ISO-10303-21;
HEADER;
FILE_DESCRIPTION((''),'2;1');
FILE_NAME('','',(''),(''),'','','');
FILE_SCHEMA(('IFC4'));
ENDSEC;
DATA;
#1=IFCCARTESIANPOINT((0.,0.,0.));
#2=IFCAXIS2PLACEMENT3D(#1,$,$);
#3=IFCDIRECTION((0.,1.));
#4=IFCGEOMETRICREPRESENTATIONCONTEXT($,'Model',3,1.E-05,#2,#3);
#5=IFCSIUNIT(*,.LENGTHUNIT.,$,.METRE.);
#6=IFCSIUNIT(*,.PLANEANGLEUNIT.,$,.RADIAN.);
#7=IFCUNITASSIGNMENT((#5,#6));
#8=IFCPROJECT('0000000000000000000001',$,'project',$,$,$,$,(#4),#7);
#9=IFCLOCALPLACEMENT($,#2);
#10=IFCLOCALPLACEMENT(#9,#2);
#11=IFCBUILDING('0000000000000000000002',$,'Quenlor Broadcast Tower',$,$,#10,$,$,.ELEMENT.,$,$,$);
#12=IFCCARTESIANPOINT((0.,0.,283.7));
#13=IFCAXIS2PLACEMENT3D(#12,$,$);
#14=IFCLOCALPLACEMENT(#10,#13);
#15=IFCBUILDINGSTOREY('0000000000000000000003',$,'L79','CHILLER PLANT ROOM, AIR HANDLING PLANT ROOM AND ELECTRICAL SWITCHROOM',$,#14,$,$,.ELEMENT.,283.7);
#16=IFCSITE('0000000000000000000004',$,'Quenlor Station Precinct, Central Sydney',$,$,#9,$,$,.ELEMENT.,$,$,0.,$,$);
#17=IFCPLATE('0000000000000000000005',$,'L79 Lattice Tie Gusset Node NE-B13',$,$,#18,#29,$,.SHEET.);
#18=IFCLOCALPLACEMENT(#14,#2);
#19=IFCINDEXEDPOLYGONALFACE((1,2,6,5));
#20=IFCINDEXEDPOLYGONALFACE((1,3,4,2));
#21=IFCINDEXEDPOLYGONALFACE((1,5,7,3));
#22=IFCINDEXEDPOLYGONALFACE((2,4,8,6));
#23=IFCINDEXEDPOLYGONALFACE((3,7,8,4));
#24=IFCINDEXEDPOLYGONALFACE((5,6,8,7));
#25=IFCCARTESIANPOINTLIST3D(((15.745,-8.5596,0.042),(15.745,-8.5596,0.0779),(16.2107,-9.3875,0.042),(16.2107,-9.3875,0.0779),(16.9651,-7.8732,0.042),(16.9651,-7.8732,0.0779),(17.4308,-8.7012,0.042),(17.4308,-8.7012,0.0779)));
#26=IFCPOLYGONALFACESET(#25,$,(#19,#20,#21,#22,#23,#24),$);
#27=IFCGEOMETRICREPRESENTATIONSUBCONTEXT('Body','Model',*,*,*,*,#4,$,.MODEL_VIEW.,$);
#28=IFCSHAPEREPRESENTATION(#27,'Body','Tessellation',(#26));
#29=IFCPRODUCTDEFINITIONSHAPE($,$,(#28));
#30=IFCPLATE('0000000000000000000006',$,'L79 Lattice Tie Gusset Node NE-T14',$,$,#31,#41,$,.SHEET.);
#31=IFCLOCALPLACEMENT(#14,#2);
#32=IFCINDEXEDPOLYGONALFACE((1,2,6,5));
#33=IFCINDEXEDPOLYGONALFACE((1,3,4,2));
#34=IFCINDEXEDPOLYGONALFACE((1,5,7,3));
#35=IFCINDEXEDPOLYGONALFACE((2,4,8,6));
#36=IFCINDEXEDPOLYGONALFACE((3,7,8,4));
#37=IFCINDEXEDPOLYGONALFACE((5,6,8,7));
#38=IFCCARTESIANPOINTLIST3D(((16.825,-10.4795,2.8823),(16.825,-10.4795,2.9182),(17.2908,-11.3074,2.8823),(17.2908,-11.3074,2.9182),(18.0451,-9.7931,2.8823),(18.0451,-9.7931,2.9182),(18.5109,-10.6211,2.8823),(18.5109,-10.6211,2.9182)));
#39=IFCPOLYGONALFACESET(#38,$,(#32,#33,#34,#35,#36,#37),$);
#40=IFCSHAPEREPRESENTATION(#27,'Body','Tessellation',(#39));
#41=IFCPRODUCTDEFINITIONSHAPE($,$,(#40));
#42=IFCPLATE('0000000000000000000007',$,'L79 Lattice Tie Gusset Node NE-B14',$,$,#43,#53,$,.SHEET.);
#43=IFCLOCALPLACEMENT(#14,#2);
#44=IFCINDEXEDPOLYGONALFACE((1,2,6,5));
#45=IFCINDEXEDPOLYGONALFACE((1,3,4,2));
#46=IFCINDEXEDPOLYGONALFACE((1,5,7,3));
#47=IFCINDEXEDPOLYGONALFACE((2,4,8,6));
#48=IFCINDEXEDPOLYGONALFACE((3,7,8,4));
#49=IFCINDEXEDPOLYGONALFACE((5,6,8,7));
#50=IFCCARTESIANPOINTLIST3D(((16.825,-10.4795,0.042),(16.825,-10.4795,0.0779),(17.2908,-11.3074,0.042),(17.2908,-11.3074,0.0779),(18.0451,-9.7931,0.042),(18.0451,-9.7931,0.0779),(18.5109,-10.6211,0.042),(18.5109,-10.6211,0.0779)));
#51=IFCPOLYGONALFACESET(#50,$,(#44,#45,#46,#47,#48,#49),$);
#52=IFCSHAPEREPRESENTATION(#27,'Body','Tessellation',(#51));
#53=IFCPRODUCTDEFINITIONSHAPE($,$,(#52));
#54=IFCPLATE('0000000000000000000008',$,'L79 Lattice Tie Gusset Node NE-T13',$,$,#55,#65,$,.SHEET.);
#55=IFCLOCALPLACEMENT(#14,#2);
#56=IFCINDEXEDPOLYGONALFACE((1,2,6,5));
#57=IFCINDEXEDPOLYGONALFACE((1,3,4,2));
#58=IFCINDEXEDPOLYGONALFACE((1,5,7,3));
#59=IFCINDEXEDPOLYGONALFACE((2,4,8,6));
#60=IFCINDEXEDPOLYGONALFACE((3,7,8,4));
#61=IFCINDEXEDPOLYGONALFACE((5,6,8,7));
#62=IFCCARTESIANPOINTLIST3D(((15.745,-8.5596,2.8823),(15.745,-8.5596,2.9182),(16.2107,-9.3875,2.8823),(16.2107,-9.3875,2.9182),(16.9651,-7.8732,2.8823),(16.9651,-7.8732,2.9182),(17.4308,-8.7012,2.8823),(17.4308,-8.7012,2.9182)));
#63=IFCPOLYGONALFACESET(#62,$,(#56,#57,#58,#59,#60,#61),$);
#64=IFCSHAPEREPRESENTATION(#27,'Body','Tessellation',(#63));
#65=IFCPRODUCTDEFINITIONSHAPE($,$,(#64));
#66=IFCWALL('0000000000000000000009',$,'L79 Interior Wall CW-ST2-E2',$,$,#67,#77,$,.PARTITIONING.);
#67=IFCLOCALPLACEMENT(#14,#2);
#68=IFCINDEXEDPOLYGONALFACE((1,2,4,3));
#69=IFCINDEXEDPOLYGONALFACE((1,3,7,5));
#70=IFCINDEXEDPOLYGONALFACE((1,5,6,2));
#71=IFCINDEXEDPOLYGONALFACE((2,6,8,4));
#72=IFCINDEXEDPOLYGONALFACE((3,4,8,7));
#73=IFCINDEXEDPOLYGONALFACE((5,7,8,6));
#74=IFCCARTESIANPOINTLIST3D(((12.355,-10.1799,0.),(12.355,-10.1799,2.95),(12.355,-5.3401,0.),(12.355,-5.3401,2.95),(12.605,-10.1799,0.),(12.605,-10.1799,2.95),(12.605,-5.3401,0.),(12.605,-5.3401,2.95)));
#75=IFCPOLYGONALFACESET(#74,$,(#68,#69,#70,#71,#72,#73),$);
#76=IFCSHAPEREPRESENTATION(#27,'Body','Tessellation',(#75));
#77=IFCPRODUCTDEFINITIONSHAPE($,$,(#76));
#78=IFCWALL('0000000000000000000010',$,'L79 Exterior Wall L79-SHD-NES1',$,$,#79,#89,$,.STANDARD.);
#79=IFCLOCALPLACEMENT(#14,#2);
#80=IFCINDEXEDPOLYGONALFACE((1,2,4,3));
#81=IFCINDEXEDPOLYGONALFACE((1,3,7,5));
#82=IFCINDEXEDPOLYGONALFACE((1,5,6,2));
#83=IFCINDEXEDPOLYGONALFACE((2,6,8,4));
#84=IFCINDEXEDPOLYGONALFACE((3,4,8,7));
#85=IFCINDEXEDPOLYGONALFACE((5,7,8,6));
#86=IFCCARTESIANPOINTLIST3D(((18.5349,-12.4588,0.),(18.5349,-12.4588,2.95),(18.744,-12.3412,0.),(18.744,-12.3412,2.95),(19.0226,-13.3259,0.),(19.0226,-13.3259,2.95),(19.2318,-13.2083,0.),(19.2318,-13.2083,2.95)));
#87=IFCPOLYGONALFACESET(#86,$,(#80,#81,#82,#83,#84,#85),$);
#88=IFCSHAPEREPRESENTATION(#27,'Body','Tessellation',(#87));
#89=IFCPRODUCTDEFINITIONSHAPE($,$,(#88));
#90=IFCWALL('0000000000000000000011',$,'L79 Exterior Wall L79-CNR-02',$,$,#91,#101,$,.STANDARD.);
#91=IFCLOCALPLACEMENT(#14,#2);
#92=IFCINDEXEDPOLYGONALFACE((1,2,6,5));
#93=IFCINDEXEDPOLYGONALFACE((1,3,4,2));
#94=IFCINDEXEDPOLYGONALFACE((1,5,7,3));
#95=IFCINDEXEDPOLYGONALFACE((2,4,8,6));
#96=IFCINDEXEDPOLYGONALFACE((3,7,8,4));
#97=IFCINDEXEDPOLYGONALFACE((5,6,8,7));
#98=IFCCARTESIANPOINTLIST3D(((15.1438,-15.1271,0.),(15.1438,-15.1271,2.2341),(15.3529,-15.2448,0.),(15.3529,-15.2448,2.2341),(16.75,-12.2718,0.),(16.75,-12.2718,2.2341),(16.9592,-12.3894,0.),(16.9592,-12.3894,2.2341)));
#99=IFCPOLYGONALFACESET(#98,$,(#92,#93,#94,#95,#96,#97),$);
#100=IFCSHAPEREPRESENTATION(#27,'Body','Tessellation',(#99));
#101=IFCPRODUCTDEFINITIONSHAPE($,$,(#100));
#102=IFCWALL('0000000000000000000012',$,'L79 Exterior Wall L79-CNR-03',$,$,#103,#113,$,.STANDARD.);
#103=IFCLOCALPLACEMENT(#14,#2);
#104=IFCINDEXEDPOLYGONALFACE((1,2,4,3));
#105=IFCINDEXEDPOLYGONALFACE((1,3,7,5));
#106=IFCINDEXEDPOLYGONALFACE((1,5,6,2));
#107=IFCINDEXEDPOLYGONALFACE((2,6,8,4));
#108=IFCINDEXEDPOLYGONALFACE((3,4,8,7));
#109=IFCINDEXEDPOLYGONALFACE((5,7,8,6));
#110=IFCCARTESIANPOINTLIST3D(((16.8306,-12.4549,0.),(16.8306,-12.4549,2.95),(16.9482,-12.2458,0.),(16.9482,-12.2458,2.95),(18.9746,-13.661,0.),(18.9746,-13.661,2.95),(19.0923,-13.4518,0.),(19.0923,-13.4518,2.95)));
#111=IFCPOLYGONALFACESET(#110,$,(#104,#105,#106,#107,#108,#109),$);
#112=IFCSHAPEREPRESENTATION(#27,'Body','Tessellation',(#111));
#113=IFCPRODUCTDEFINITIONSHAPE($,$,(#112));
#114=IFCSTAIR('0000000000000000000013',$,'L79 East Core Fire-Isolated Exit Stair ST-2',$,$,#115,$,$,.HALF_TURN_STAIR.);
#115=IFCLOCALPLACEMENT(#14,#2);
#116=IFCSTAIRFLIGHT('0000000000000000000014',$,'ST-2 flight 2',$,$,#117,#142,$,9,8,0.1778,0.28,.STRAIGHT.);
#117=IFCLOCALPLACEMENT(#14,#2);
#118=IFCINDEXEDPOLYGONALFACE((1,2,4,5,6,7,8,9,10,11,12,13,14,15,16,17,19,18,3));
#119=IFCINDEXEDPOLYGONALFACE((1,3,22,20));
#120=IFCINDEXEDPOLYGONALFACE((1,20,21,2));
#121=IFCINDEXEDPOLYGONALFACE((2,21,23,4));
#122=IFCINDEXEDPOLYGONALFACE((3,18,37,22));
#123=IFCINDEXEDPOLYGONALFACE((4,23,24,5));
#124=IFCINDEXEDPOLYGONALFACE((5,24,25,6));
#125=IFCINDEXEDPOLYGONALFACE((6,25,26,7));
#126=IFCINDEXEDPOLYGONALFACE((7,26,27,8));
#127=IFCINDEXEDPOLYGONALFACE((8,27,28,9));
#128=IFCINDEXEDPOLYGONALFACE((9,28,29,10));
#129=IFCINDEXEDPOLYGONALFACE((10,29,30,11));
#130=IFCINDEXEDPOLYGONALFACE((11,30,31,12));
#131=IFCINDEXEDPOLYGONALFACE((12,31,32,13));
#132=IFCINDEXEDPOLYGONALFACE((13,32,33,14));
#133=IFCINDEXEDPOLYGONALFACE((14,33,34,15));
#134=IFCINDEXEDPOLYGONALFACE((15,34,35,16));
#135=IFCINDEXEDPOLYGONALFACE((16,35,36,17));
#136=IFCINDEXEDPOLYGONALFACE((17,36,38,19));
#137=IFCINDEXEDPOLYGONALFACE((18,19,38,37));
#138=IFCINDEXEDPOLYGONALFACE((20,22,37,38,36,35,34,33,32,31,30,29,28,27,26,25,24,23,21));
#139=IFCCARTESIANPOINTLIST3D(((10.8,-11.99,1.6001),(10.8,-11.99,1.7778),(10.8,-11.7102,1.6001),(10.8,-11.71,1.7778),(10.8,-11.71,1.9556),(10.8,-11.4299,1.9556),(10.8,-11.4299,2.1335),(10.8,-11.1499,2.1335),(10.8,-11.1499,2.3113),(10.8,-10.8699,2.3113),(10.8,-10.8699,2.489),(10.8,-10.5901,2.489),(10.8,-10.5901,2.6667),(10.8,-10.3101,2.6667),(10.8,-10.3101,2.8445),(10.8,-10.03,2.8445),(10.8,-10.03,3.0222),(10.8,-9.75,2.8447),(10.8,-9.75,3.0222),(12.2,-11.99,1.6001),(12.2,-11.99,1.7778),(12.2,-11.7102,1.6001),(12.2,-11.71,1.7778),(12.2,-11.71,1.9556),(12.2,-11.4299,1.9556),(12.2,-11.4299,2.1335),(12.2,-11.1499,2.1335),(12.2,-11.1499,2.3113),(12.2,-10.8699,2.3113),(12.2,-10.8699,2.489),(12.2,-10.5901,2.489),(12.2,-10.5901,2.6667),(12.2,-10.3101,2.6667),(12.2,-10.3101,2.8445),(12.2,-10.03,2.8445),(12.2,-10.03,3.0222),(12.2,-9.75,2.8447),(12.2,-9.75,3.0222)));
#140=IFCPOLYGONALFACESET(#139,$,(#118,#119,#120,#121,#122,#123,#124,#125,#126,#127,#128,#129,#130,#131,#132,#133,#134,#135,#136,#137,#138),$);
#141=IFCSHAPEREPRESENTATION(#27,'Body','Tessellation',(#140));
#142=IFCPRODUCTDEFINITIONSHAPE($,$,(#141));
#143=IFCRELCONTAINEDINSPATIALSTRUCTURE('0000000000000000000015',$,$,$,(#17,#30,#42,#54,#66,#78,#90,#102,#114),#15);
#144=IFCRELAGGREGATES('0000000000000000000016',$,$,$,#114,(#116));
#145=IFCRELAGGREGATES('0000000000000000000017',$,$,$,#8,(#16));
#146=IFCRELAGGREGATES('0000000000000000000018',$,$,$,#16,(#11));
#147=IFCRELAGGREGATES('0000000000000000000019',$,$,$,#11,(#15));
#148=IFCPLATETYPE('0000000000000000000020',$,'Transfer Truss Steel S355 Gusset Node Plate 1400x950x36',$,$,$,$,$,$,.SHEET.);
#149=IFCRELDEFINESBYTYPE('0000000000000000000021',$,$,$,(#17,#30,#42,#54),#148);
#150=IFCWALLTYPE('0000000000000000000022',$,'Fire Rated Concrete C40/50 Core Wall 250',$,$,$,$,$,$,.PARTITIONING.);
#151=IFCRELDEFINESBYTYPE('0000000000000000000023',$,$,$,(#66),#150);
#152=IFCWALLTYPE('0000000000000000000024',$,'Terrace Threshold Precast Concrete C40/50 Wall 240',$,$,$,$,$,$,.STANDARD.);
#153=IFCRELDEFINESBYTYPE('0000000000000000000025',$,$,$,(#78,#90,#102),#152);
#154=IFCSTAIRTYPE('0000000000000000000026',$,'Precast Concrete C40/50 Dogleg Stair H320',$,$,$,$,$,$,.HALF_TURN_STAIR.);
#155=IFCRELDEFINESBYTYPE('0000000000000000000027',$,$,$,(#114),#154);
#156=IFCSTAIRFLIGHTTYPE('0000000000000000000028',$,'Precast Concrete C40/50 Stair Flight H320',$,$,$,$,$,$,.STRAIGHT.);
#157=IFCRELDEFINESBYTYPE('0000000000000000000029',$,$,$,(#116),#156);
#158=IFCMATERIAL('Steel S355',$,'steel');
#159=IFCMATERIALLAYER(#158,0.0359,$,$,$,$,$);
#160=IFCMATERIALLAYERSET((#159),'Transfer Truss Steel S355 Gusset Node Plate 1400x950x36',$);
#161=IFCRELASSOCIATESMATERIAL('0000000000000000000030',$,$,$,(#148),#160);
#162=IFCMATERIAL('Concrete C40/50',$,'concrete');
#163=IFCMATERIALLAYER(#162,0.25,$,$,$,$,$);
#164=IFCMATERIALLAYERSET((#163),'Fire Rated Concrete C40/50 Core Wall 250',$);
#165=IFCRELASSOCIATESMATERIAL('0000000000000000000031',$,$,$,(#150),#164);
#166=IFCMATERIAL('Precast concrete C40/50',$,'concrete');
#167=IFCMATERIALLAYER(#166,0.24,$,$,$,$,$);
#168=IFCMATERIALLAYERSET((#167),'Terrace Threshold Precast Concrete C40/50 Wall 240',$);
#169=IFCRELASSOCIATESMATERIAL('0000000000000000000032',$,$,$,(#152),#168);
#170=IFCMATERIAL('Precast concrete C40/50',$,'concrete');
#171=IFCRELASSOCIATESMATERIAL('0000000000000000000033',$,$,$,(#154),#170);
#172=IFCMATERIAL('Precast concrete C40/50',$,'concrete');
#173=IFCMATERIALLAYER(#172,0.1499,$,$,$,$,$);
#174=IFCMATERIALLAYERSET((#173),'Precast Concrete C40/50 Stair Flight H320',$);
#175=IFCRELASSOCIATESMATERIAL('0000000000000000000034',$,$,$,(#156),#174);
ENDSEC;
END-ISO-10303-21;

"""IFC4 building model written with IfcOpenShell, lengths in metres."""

from ifc_helpers import new_model, si_unit, direction, frame, frame_2d, origin, origin_2d, place, context, subcontext, project, spatial, polyline, rectangle, outline, extrude, material, layer, layer_set, type_object, element, aggregate, save


model = new_model("IFC4")

# Units and contexts
model_context = context("Model", 3, precision=1e-05, world=origin(), true_north=direction((0.0, 1.0)))
body_context = subcontext(model_context, "Body", "Model", "MODEL_VIEW")
ifc_project = project(units=[si_unit("LENGTHUNIT", "METRE"), si_unit("PLANEANGLEUNIT", "RADIAN")], contexts=[model_context])

# Site, building, storey
site_placement = place(None, origin())
site = spatial("IfcSite", under=ifc_project, at=site_placement, Name="Quenlor Station Precinct, Central Sydney", CompositionType="ELEMENT", RefElevation=0.0)
building_placement = place(site_placement, origin())
building = spatial("IfcBuilding", under=site, at=building_placement, Name="Quenlor Broadcast Tower", CompositionType="ELEMENT")
storey_placement = place(building_placement, frame((0.0, 0.0, 283.7)))
storey = spatial("IfcBuildingStorey", under=building, at=storey_placement, Name="L79", Description="CHILLER PLANT ROOM, AIR HANDLING PLANT ROOM AND ELECTRICAL SWITCHROOM", CompositionType="ELEMENT", Elevation=283.7)

# Plates
ifc_material_1 = material(Name="Steel S355", Category="steel")
ifc_layer_1 = layer(ifc_material_1, 0.0359)
ifc_layer_set_1 = layer_set([ifc_layer_1], Name="Transfer Truss Steel S355 Gusset Node Plate 1400x950x36")
plate_type_1 = type_object("IfcPlateType", Name="Transfer Truss Steel S355 Gusset Node Plate 1400x950x36", PredefinedType="SHEET", material=ifc_layer_set_1)
for number, where, z_axis, x_axis, name in (
    (1, (16.5879, -8.6304, 0.042), (0.0, 0.0, 1.0), (0.871556, 0.490295, 0.0), "L79 Lattice Tie Gusset Node NE-B13"),
    (2, (17.668, -10.5503, 2.8823), (0.0, 0.0, 1.0), (0.871556, 0.490295, 0.0), "L79 Lattice Tie Gusset Node NE-T14"),
    (3, (17.668, -10.5503, 0.042), (0.0, 0.0, 1.0), (0.871556, 0.490295, 0.0), "L79 Lattice Tie Gusset Node NE-B14"),
    (4, (16.5879, -8.6304, 2.8823), (0.0, 0.0, 1.0), (0.871556, 0.490295, 0.0), "L79 Lattice Tie Gusset Node NE-T13"),
):
    element("IfcPlate", number, at=place(storey_placement, frame(where, z_axis=z_axis, x_axis=x_axis)), inside=storey, type_object=plate_type_1, Name=name, PredefinedType="SHEET", context=body_context, shape_type="SweptSolid", body=[
        extrude(rectangle(XDim=1.3999, YDim=0.95, at=origin_2d()), origin(), (0.0, 0.0, 1.0), 0.0359),
    ])

# Walls
ifc_material_2 = material(Name="Concrete C40/50", Category="concrete")
ifc_layer_2 = layer(ifc_material_2, 0.25)
ifc_layer_set_2 = layer_set([ifc_layer_2], Name="Fire Rated Concrete C40/50 Core Wall 250")
wall_type_1 = type_object("IfcWallType", Name="Fire Rated Concrete C40/50 Core Wall 250", PredefinedType="PARTITIONING", material=ifc_layer_set_2)
wall_1_placement = place(storey_placement, frame((12.48, -10.1799, 0.0), z_axis=(0.0, 0.0, 1.0), x_axis=(0.0, 1.0, 0.0)))
element("IfcWall", 5, at=wall_1_placement, inside=storey, type_object=wall_type_1, Name="L79 Interior Wall CW-ST2-E2", PredefinedType="PARTITIONING", context=body_context, shape_type="SweptSolid", body=[
    extrude(rectangle(XDim=4.8398, YDim=0.25, at=frame_2d((2.4199, 0.0))), origin(), (0.0, 0.0, 1.0), 2.95),
])
ifc_material_3 = material(Name="Precast concrete C40/50", Category="concrete")
ifc_layer_3 = layer(ifc_material_3, 0.24)
ifc_layer_set_3 = layer_set([ifc_layer_3], Name="Terrace Threshold Precast Concrete C40/50 Wall 240")
wall_type_2 = type_object("IfcWallType", Name="Terrace Threshold Precast Concrete C40/50 Wall 240", PredefinedType="STANDARD", material=ifc_layer_set_3)
wall_2_placement = place(storey_placement, frame((18.6394, -12.3999, 0.0), z_axis=(0.0, 0.0, 1.0), x_axis=(0.490261, -0.871576, 0.0)))
element("IfcWall", 6, at=wall_2_placement, inside=storey, type_object=wall_type_2, Name="L79 Exterior Wall L79-SHD-NES1", PredefinedType="STANDARD", context=body_context, shape_type="SweptSolid", body=[
    extrude(rectangle(XDim=0.9949, YDim=0.24, at=frame_2d((0.4976, 0.0))), origin(), (0.0, 0.0, 1.0), 2.95),
])
wall_3_placement = place(storey_placement, frame((15.2483, -15.186, 0.0), z_axis=(0.0, 0.0, 1.0), x_axis=(0.490293, 0.871558, 0.0)))
element("IfcWall", 7, at=wall_3_placement, inside=storey, type_object=wall_type_2, Name="L79 Exterior Wall L79-CNR-02", PredefinedType="STANDARD", context=body_context, shape_type="SweptSolid", body=[
    extrude(rectangle(XDim=3.2761, YDim=0.24, at=frame_2d((1.6382, 0.0))), origin(), (0.0, 0.0, 1.0), 2.2341),
])
wall_4_placement = place(storey_placement, frame((16.8894, -12.3503, 0.0), z_axis=(0.0, 0.0, 1.0), x_axis=(0.87157, -0.490271, 0.0)))
element("IfcWall", 8, at=wall_4_placement, inside=storey, type_object=wall_type_2, Name="L79 Exterior Wall L79-CNR-03", PredefinedType="STANDARD", context=body_context, shape_type="SweptSolid", body=[
    extrude(rectangle(XDim=2.46, YDim=0.24, at=frame_2d((1.23, 0.0))), origin(), (0.0, 0.0, 1.0), 2.95),
])

# Stair, stair flight
ifc_material_4 = material(Name="Precast concrete C40/50", Category="concrete")
stair_type = type_object("IfcStairType", Name="Precast Concrete C40/50 Dogleg Stair H320", PredefinedType="HALF_TURN_STAIR", material=ifc_material_4)
stair_placement = place(storey_placement, origin())
stair = element("IfcStair", 9, at=stair_placement, inside=storey, type_object=stair_type, Name="L79 East Core Fire-Isolated Exit Stair ST-2", PredefinedType="HALF_TURN_STAIR")
ifc_material_5 = material(Name="Precast concrete C40/50", Category="concrete")
ifc_layer_4 = layer(ifc_material_5, 0.1499)
ifc_layer_set_4 = layer_set([ifc_layer_4], Name="Precast Concrete C40/50 Stair Flight H320")
stair_flight_type = type_object("IfcStairFlightType", Name="Precast Concrete C40/50 Stair Flight H320", PredefinedType="STRAIGHT", material=ifc_layer_set_4)
stair_flight_placement = place(storey_placement, frame((11.5, -11.99, 1.6001), z_axis=(0.0, 0.0, 1.0), x_axis=(0.0, 1.0, 0.0)))
stair_flight = element("IfcStairFlight", 10, at=stair_flight_placement, type_object=stair_flight_type, Name="ST-2 flight 2", NumberOfRisers=9, NumberOfTreads=8, PredefinedType="STRAIGHT", RiserHeight=0.1778, TreadLength=0.28, context=body_context, shape_type="SweptSolid", body=[
    extrude(outline(polyline([(0.0, 0.0), (0.0, 0.1777), (0.28, 0.1777), (0.28, 0.3555), (0.5601, 0.3555), (0.5601, 0.5334), (0.8401, 0.5334), (0.8401, 0.7112), (1.1201, 0.7112), (1.1201, 0.8889), (1.3999, 0.8889), (1.3999, 1.0667), (1.6799, 1.0667), (1.6799, 1.2444), (1.96, 1.2444), (1.96, 1.4221), (2.24, 1.4221), (2.24, 1.6001), (2.24, 1.2446), (0.2798, 0.0), (0.0, 0.0)])), frame((0.0, 0.7, 0.0), z_axis=(0.0, -1.0, 0.0), x_axis=(1.0, 0.0, 0.0)), (0.0, 0.0, 1.0), 1.3999),
])
aggregate(stair, [stair_flight])

save(model, "model.ifc")
